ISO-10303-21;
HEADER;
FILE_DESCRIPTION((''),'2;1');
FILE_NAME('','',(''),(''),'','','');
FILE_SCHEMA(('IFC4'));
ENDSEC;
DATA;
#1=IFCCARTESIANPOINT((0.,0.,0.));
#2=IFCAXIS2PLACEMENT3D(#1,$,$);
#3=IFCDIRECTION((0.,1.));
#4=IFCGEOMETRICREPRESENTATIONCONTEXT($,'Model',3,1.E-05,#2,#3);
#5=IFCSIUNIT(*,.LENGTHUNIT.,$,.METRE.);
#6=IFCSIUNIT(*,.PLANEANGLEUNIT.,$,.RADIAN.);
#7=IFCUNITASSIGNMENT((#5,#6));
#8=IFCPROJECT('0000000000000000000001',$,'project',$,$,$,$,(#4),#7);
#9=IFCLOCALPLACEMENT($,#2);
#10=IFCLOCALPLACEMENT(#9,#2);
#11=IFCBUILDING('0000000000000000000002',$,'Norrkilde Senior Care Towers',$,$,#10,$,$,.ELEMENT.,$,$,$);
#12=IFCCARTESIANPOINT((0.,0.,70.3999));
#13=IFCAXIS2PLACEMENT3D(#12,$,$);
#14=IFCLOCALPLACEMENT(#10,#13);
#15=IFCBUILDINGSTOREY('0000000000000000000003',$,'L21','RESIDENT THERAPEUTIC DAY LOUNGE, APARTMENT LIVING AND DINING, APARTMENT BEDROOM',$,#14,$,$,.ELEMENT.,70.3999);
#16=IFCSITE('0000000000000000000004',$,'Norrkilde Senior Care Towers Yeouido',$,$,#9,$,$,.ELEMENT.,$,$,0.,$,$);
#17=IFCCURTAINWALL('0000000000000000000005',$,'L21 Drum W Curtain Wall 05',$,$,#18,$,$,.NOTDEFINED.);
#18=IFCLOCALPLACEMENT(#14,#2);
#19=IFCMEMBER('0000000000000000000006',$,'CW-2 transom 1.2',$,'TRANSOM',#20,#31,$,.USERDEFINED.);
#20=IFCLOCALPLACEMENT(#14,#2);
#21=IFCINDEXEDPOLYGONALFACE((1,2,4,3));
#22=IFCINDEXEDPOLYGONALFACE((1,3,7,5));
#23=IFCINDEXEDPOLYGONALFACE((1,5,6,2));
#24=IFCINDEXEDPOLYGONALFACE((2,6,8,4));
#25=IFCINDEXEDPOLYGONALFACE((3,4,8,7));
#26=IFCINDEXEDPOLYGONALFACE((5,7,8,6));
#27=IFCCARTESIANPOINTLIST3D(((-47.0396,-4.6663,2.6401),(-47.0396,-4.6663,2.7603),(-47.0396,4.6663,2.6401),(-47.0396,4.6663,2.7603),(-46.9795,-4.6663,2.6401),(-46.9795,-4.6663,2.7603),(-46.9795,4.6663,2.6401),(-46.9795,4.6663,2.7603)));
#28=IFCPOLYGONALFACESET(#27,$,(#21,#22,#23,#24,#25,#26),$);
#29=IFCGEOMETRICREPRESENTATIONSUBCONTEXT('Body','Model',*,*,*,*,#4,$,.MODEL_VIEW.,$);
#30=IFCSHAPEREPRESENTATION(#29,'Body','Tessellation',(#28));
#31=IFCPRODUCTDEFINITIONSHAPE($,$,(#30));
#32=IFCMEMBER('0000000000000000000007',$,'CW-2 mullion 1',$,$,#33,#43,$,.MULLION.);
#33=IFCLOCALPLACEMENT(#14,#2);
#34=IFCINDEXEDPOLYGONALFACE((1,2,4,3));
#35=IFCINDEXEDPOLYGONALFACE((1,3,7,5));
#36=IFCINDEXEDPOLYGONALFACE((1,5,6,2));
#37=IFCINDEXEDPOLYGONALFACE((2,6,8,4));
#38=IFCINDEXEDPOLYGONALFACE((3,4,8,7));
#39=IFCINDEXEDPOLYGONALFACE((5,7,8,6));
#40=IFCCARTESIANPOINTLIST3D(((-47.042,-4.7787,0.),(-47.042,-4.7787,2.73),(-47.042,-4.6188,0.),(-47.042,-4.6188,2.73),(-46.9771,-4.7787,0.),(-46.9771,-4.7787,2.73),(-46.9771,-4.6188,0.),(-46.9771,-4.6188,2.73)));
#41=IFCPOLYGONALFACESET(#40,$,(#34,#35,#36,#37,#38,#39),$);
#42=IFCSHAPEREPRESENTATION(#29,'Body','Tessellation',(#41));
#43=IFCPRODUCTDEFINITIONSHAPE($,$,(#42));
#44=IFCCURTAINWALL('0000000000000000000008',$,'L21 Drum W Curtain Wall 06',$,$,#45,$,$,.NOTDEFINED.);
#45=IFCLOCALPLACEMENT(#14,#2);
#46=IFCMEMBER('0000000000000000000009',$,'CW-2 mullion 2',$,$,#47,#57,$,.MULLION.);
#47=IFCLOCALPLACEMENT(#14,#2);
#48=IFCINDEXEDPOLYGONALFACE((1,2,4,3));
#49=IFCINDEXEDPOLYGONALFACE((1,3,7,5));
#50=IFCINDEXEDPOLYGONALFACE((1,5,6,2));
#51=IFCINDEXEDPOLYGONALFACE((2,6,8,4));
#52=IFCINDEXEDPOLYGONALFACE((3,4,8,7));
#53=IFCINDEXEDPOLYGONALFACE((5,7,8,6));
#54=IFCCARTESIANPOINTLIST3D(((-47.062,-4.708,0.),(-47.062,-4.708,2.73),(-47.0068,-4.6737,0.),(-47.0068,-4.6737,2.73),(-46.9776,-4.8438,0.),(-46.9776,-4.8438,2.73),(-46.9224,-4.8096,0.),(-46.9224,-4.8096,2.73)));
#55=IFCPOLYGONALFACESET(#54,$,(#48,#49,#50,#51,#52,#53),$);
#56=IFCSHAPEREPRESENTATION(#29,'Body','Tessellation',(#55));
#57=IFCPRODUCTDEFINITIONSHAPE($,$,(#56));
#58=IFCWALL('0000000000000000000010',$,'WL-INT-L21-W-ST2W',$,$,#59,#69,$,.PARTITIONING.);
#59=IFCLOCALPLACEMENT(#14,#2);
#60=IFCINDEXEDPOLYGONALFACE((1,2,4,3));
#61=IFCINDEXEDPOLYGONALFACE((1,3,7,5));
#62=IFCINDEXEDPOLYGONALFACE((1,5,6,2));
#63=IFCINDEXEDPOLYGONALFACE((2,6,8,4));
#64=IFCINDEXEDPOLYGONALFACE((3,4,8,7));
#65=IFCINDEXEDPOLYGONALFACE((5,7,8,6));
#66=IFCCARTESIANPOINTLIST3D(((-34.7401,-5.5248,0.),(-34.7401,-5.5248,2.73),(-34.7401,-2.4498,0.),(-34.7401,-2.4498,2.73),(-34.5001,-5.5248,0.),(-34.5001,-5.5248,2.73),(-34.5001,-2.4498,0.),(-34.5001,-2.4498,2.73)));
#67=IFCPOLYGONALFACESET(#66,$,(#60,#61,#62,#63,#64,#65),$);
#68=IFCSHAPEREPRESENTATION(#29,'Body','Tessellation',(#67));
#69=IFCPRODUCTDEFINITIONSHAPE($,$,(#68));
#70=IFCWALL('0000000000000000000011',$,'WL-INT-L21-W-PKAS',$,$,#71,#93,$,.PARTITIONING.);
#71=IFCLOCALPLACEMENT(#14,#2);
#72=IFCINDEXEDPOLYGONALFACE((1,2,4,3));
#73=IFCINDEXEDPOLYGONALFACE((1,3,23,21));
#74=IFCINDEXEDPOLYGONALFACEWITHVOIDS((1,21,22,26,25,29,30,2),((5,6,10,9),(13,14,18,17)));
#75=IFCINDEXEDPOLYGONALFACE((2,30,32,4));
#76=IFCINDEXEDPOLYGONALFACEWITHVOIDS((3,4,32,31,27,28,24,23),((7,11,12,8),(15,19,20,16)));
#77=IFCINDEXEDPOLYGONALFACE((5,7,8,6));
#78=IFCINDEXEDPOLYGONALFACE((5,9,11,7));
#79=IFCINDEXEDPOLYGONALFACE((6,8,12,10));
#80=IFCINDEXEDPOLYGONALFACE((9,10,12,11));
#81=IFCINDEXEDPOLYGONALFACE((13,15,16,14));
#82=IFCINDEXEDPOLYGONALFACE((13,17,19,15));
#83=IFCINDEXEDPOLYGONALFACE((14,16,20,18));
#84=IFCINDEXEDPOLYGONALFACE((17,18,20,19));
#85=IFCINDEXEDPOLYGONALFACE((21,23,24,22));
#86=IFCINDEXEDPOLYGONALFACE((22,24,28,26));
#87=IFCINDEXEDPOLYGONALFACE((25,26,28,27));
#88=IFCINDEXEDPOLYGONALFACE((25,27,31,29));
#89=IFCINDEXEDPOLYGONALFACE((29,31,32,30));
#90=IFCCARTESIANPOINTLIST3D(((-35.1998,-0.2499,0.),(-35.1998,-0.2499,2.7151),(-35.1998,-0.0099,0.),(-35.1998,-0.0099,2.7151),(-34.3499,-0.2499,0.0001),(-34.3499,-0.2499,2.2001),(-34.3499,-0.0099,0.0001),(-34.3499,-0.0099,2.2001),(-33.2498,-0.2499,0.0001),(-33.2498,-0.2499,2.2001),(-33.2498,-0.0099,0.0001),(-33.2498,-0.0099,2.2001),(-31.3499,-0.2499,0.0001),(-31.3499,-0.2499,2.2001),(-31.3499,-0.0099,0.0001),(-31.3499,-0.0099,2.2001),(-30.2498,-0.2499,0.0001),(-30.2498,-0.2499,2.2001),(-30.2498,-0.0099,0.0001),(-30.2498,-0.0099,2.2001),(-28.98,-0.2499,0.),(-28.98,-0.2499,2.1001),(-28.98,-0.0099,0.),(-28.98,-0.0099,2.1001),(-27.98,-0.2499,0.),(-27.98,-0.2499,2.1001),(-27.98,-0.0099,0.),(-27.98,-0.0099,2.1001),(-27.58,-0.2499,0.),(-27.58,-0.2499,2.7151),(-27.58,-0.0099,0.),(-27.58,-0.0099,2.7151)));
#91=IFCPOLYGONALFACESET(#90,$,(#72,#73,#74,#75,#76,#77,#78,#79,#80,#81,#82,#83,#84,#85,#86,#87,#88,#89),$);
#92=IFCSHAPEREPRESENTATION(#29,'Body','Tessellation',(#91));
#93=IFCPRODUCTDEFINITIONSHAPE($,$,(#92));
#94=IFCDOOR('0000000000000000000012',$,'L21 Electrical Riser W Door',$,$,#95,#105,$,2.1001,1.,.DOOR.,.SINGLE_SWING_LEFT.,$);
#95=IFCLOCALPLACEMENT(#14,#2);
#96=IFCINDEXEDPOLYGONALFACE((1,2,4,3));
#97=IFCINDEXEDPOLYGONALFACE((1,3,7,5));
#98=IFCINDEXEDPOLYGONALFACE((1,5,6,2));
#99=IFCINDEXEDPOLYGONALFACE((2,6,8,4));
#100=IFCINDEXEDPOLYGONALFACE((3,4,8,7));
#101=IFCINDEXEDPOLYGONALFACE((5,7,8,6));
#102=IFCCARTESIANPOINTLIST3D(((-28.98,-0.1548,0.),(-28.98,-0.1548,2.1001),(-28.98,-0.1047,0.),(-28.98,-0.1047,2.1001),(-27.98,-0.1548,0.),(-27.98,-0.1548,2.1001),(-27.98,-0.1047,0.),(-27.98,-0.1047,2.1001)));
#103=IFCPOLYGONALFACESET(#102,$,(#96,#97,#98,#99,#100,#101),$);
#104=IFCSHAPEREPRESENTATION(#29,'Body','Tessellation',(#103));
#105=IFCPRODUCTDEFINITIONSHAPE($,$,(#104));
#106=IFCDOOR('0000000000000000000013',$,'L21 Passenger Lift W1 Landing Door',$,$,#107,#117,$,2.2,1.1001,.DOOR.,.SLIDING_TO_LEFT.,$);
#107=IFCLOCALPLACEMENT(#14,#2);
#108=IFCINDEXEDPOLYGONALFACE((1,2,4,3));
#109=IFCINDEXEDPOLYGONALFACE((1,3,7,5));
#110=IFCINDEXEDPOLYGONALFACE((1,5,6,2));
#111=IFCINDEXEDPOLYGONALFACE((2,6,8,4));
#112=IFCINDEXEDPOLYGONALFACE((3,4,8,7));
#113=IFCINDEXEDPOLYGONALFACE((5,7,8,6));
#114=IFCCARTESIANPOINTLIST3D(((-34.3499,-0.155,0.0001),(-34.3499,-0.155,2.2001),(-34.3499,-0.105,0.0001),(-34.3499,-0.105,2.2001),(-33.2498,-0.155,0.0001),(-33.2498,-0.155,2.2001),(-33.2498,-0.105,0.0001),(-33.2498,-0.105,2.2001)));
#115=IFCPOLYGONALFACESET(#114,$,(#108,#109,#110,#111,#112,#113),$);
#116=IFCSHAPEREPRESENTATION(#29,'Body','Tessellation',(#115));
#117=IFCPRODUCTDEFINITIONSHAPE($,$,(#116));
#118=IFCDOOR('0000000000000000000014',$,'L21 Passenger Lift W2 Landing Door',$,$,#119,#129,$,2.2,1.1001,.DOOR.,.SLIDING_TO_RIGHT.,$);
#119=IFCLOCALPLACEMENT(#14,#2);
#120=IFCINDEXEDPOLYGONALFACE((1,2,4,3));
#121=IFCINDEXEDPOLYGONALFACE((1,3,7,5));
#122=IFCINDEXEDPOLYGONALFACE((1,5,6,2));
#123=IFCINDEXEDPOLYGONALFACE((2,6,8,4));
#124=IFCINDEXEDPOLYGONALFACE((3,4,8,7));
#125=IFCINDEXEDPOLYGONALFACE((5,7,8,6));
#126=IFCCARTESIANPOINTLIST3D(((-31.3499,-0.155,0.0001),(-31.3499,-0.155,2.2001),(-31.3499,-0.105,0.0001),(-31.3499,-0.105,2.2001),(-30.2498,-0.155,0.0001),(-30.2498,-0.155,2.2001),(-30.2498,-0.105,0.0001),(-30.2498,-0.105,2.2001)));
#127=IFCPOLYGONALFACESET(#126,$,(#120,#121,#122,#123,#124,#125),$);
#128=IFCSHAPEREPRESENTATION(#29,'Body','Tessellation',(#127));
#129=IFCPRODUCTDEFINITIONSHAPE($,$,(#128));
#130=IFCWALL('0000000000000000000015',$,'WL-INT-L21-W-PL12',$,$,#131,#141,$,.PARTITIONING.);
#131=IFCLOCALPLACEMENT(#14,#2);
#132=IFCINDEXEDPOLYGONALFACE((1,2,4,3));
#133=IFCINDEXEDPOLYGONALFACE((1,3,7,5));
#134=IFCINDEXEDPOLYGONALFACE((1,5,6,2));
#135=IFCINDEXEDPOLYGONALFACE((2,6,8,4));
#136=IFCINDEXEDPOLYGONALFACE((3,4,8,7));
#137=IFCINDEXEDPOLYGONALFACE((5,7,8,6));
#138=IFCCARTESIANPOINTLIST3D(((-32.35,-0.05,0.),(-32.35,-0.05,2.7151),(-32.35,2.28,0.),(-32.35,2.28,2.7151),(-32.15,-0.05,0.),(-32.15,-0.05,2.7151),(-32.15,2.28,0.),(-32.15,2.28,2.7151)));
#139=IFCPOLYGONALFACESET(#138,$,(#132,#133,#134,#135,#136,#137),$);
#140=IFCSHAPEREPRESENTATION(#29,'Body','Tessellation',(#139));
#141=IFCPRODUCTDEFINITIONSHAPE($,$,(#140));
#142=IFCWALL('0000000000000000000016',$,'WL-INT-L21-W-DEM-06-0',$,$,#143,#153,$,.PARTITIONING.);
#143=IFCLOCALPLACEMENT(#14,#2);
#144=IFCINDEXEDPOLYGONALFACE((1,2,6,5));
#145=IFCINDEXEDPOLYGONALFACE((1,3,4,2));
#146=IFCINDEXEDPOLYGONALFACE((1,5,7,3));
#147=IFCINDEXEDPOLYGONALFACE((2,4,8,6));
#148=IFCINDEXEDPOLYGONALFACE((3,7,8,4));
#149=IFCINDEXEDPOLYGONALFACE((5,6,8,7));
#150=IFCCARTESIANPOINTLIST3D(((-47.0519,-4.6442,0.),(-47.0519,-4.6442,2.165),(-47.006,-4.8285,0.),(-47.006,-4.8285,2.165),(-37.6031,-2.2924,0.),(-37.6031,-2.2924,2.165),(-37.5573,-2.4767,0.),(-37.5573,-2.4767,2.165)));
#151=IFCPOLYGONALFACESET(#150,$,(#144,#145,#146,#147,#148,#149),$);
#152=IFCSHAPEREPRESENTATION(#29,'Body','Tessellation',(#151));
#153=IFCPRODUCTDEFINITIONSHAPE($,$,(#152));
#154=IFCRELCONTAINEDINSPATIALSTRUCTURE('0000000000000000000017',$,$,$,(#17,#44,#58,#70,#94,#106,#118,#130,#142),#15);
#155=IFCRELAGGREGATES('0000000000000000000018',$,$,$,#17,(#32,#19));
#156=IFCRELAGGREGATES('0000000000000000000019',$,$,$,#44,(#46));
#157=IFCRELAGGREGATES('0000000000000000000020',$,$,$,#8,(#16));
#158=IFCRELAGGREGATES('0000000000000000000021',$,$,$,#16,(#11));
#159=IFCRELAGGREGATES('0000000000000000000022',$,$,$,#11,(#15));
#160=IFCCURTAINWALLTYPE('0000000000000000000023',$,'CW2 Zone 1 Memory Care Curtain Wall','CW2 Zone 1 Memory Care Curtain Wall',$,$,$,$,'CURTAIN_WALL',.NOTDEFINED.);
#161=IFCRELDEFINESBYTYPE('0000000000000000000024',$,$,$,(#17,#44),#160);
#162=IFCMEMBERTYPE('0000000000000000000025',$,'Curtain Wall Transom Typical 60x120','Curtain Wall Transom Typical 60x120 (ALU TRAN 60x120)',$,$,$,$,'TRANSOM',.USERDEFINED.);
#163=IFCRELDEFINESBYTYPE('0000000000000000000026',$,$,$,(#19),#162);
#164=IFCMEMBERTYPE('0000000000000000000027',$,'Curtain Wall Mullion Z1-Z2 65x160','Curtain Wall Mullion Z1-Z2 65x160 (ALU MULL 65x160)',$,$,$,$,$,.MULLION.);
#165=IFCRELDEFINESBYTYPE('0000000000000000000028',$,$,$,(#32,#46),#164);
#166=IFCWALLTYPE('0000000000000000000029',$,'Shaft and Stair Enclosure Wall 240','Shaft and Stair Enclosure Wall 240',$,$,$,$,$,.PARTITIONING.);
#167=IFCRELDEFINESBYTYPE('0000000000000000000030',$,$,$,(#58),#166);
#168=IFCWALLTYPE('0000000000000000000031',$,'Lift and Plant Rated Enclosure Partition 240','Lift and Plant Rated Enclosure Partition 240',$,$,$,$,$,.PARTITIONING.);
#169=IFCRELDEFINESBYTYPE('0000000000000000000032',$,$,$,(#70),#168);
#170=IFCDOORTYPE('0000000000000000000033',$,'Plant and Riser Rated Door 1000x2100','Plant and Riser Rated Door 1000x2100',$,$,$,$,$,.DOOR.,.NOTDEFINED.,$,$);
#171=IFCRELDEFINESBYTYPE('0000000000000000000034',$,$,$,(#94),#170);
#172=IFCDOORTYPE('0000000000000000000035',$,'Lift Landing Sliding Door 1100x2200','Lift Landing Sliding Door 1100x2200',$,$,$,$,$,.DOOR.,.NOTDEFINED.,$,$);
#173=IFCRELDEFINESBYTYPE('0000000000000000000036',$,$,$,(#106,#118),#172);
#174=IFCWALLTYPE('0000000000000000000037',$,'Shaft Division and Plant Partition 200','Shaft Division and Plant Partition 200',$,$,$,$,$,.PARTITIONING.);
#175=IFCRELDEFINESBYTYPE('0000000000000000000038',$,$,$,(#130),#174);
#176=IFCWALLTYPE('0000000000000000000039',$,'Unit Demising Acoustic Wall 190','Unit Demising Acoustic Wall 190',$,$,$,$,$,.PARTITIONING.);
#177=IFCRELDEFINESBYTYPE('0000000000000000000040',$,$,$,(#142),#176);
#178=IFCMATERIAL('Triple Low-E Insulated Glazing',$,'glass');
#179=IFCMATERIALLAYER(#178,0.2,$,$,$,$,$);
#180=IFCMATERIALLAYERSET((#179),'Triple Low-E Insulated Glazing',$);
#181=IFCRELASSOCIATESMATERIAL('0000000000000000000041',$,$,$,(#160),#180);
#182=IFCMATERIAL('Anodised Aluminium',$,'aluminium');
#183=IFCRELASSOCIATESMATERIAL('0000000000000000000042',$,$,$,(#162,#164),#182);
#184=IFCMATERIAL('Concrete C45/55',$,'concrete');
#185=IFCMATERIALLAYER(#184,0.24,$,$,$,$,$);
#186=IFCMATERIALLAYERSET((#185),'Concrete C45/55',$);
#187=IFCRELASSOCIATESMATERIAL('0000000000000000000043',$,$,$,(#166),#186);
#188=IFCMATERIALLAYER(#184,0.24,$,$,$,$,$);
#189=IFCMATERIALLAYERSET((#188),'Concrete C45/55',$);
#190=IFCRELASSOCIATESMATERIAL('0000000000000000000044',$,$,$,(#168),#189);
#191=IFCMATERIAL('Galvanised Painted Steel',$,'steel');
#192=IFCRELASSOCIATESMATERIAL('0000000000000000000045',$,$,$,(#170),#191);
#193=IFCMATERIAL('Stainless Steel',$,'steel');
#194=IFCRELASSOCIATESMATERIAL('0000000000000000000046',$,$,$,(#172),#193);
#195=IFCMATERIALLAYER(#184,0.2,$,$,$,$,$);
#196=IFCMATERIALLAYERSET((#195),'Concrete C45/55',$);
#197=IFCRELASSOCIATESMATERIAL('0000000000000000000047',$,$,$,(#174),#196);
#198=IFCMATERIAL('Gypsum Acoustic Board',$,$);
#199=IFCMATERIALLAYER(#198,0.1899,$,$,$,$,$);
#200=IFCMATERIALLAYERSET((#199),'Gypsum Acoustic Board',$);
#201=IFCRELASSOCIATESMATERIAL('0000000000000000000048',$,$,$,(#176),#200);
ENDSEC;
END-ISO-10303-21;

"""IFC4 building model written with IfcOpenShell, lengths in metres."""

from ifc_helpers import new_model, si_unit, direction, frame, frame_2d, origin, origin_2d, place, context, subcontext, project, spatial, rectangle, extrude, source, transform, mapped, material, layer, layer_set, material_profile, profile_set, type_object, type_shapes, element, fill, aggregate, save


model = new_model("IFC4")

# Units and contexts
model_context = context("Model", 3, precision=1e-05, world=origin(), true_north=direction((0.0, 1.0)))
body_context = subcontext(model_context, "Body", "Model", "MODEL_VIEW")
ifc_project = project(units=[si_unit("LENGTHUNIT", "METRE"), si_unit("PLANEANGLEUNIT", "RADIAN")], contexts=[model_context])

# Site, building, storey
site_placement = place(None, origin())
site = spatial("IfcSite", under=ifc_project, at=site_placement, Name="Norrkilde Senior Care Towers Yeouido", CompositionType="ELEMENT", RefElevation=0.0)
building_placement = place(site_placement, origin())
building = spatial("IfcBuilding", under=site, at=building_placement, Name="Norrkilde Senior Care Towers", CompositionType="ELEMENT")
storey_placement = place(building_placement, frame((0.0, 0.0, 70.3999)))
storey = spatial("IfcBuildingStorey", under=building, at=storey_placement, Name="L21", Description="RESIDENT THERAPEUTIC DAY LOUNGE, APARTMENT LIVING AND DINING, APARTMENT BEDROOM", CompositionType="ELEMENT", Elevation=70.3999)

# Curtain wall, members
ifc_material_1 = material(Name="Triple Low-E Insulated Glazing", Category="glass")
ifc_layer_1 = layer(ifc_material_1, 0.2)
ifc_layer_set_1 = layer_set([ifc_layer_1], Name="Triple Low-E Insulated Glazing")
curtain_wall_type = type_object("IfcCurtainWallType", Name="CW2 Zone 1 Memory Care Curtain Wall", Description="CW2 Zone 1 Memory Care Curtain Wall", ElementType="CURTAIN_WALL", PredefinedType="NOTDEFINED", material=ifc_layer_set_1)
curtain_wall_1_placement = place(storey_placement, origin())
curtain_wall_1 = element("IfcCurtainWall", 1, at=curtain_wall_1_placement, inside=storey, type_object=curtain_wall_type, Name="L21 Drum W Curtain Wall 05", PredefinedType="NOTDEFINED")
ifc_material_2 = material(Name="Anodised Aluminium", Category="aluminium")
ifc_material_profile_1 = material_profile(ifc_material_2, rectangle(XDim=0.0601, YDim=0.1201, at=origin_2d()), Name="ALU TRAN 60x120")
ifc_profile_set_1 = profile_set([ifc_material_profile_1], Name="Anodised Aluminium")
member_type_1 = type_object("IfcMemberType", Name="Curtain Wall Transom Typical 60x120", Description="Curtain Wall Transom Typical 60x120 (ALU TRAN 60x120)", ElementType="TRANSOM", PredefinedType="USERDEFINED", material=ifc_profile_set_1)
shared_shape_1 = source(origin(), body_context, "Body", "SweptSolid", [
    extrude(rectangle(XDim=0.0601, YDim=0.1201, at=origin_2d()), origin(), (0.0, 0.0, 1.0), 9.3325),
])
type_shapes(member_type_1, [shared_shape_1])
member_1_placement = place(storey_placement, frame((-47.0095, -4.6663, 2.7002), z_axis=(0.0, 1.0, 0.0), x_axis=(-1.0, 0.0, 0.0)))
member_1 = element("IfcMember", 2, at=member_1_placement, type_object=member_type_1, Name="CW-2 transom 1.2", ObjectType="TRANSOM", PredefinedType="USERDEFINED", context=body_context, shape_type="MappedRepresentation", body=[
    mapped(shared_shape_1, transform((0.0, 0.0, 0.0), x_axis=(1.0, 0.0, 0.0), y_axis=(0.0, 1.0, 0.0), z_axis=(0.0, 0.0, 1.0), scale=1.0)),
])
ifc_material_profile_2 = material_profile(ifc_material_2, rectangle(XDim=0.0649, YDim=0.1599, at=origin_2d()), Name="ALU MULL 65x160")
ifc_profile_set_2 = profile_set([ifc_material_profile_2], Name="Anodised Aluminium")
member_type_2 = type_object("IfcMemberType", Name="Curtain Wall Mullion Z1-Z2 65x160", Description="Curtain Wall Mullion Z1-Z2 65x160 (ALU MULL 65x160)", PredefinedType="MULLION", material=ifc_profile_set_2)
shared_shape_2 = source(origin(), body_context, "Body", "SweptSolid", [
    extrude(rectangle(XDim=0.0649, YDim=0.1599, at=origin_2d()), origin(), (0.0, 0.0, 1.0), 2.73),
])
type_shapes(member_type_2, [shared_shape_2])
member_2_placement = place(storey_placement, frame((-47.0095, -4.6987, 0.0), z_axis=(0.0, 0.0, 1.0), x_axis=(-1.0, 0.0, 0.0)))
member_2 = element("IfcMember", 3, at=member_2_placement, type_object=member_type_2, Name="CW-2 mullion 1", PredefinedType="MULLION", context=body_context, shape_type="MappedRepresentation", body=[
    mapped(shared_shape_2, transform((0.0, 0.0, 0.0), x_axis=(1.0, 0.0, 0.0), y_axis=(0.0, 1.0, 0.0), z_axis=(0.0, 0.0, 1.0), scale=1.0)),
])
aggregate(curtain_wall_1, [member_2, member_1])

# Curtain wall, member
curtain_wall_2_placement = place(storey_placement, origin())
curtain_wall_2 = element("IfcCurtainWall", 4, at=curtain_wall_2_placement, inside=storey, type_object=curtain_wall_type, Name="L21 Drum W Curtain Wall 06", PredefinedType="NOTDEFINED")
member_3_placement = place(storey_placement, frame((-46.9922, -4.7588, 0.0), z_axis=(0.0, 0.0, 1.0), x_axis=(-0.849306, -0.527901, 0.0)))
member_3 = element("IfcMember", 5, at=member_3_placement, type_object=member_type_2, Name="CW-2 mullion 2", PredefinedType="MULLION", context=body_context, shape_type="MappedRepresentation", body=[
    mapped(shared_shape_2, transform((0.0, 0.0, 0.0), x_axis=(1.0, 0.0, 0.0), y_axis=(0.0, 1.0, 0.0), z_axis=(0.0, 0.0, 1.0), scale=1.0)),
])
aggregate(curtain_wall_2, [member_3])

# Shared definitions
ifc_material_3 = material(Name="Galvanised Painted Steel", Category="steel")
ifc_material_4 = material(Name="Concrete C45/55", Category="concrete")
ifc_layer_2 = layer(ifc_material_4, 0.24)
ifc_layer_set_2 = layer_set([ifc_layer_2], Name="Concrete C45/55")
wall_type_1 = type_object("IfcWallType", Name="Shaft and Stair Enclosure Wall 240", Description="Shaft and Stair Enclosure Wall 240", PredefinedType="PARTITIONING", material=ifc_layer_set_2)

# Wall
shared_shape_3 = source(origin(), body_context, "Body", "SweptSolid", [
    extrude(rectangle(XDim=3.075, YDim=0.24, at=frame_2d((1.5376, 0.0))), origin(), (0.0, 0.0, 1.0), 2.73),
])
wall_1_placement = place(storey_placement, frame((-34.6201, -5.5249, 0.0), z_axis=(0.0, 0.0, 1.0), x_axis=(0.0, 1.0, 0.0)))
element("IfcWall", 6, at=wall_1_placement, inside=storey, type_object=wall_type_1, Name="WL-INT-L21-W-ST2W", PredefinedType="PARTITIONING", context=body_context, shape_type="MappedRepresentation", body=[
    mapped(shared_shape_3, transform((0.0, 0.0, 0.0), x_axis=(1.0, 0.0, 0.0), y_axis=(0.0, 1.0, 0.0), z_axis=(0.0, 0.0, 1.0), scale=1.0)),
])

# Wall, openings, doors
ifc_layer_3 = layer(ifc_material_4, 0.24)
ifc_layer_set_3 = layer_set([ifc_layer_3], Name="Concrete C45/55")
wall_type_2 = type_object("IfcWallType", Name="Lift and Plant Rated Enclosure Partition 240", Description="Lift and Plant Rated Enclosure Partition 240", PredefinedType="PARTITIONING", material=ifc_layer_set_3)
shared_shape_4 = source(origin(), body_context, "Body", "SweptSolid", [
    extrude(rectangle(XDim=7.6199, YDim=0.24, at=frame_2d((3.8101, 0.0))), origin(), (0.0, 0.0, 1.0), 2.7151),
])
type_shapes(wall_type_2, [shared_shape_4])
wall_2_placement = place(storey_placement, frame((-35.2, -0.1299, 0.0), z_axis=(0.0, 0.0, 1.0), x_axis=(1.0, 0.0, 0.0)))
wall_2 = element("IfcWall", 7, at=wall_2_placement, inside=storey, type_object=wall_type_2, Name="WL-INT-L21-W-PKAS", PredefinedType="PARTITIONING", context=body_context, shape_type="MappedRepresentation", body=[
    mapped(shared_shape_4, transform((0.0, 0.0, 0.0), x_axis=(1.0, 0.0, 0.0), y_axis=(0.0, 1.0, 0.0), z_axis=(0.0, 0.0, 1.0), scale=1.0)),
])
opening_1_placement = place(wall_2_placement, frame((6.22, 0.0, 0.0)))
opening_1 = element("IfcOpeningElement", 8, at=opening_1_placement, cuts=wall_2, PredefinedType="OPENING", context=body_context, shape_type="SweptSolid", body=[
    extrude(rectangle(XDim=1.0, YDim=2.1001, at=frame_2d((0.5, 1.05))), frame((0.0, 0.1299, 0.0), z_axis=(0.0, -1.0, 0.0), x_axis=(1.0, 0.0, 0.0)), (0.0, 0.0, 1.0), 0.26),
])
opening_2_placement = place(wall_2_placement, frame((0.8501, 0.0, 0.0)))
opening_2 = element("IfcOpeningElement", 9, at=opening_2_placement, cuts=wall_2, PredefinedType="OPENING", context=body_context, shape_type="SweptSolid", body=[
    extrude(rectangle(XDim=1.1001, YDim=2.2, at=frame_2d((0.55, 1.1001))), frame((0.0, 0.1299, 0.0), z_axis=(0.0, -1.0, 0.0), x_axis=(1.0, 0.0, 0.0)), (0.0, 0.0, 1.0), 0.26),
])
opening_3_placement = place(wall_2_placement, frame((3.8501, 0.0, 0.0)))
opening_3 = element("IfcOpeningElement", 10, at=opening_3_placement, cuts=wall_2, PredefinedType="OPENING", context=body_context, shape_type="SweptSolid", body=[
    extrude(rectangle(XDim=1.1001, YDim=2.2, at=frame_2d((0.55, 1.1001))), frame((0.0, 0.1299, 0.0), z_axis=(0.0, -1.0, 0.0), x_axis=(1.0, 0.0, 0.0)), (0.0, 0.0, 1.0), 0.26),
])
door_type_1 = type_object("IfcDoorType", Name="Plant and Riser Rated Door 1000x2100", Description="Plant and Riser Rated Door 1000x2100", OperationType="NOTDEFINED", PredefinedType="DOOR", material=ifc_material_3)
shared_shape_5 = source(origin(), body_context, "Body", "SweptSolid", [
    extrude(rectangle(XDim=1.0, YDim=2.1001, at=frame_2d((0.5, 1.05))), frame((0.0, 0.0249, 0.0), z_axis=(0.0, -1.0, 0.0), x_axis=(1.0, 0.0, 0.0)), (0.0, 0.0, 1.0), 0.05),
])
type_shapes(door_type_1, [shared_shape_5])
door_1_placement = place(opening_1_placement, frame((1.0, 0.0, 0.0), z_axis=(0.0, 0.0, 1.0), x_axis=(-1.0, 0.0, 0.0)))
door_1 = element("IfcDoor", 11, at=door_1_placement, inside=storey, type_object=door_type_1, Name="L21 Electrical Riser W Door", OperationType="SINGLE_SWING_LEFT", OverallHeight=2.1001, OverallWidth=1.0, PredefinedType="DOOR", context=body_context, shape_type="MappedRepresentation", body=[
    mapped(shared_shape_5, transform((0.0, 0.0, 0.0), x_axis=(1.0, 0.0, 0.0), y_axis=(0.0, 1.0, 0.0), z_axis=(0.0, 0.0, 1.0), scale=1.0)),
])
fill(opening_1, door_1)
ifc_material_5 = material(Name="Stainless Steel", Category="steel")
door_type_2 = type_object("IfcDoorType", Name="Lift Landing Sliding Door 1100x2200", Description="Lift Landing Sliding Door 1100x2200", OperationType="NOTDEFINED", PredefinedType="DOOR", material=ifc_material_5)
shared_shape_6 = source(origin(), body_context, "Body", "SweptSolid", [
    extrude(rectangle(XDim=1.1001, YDim=2.2, at=frame_2d((0.55, 1.1001))), frame((0.0, 0.0249, 0.0), z_axis=(0.0, -1.0, 0.0), x_axis=(1.0, 0.0, 0.0)), (0.0, 0.0, 1.0), 0.05),
])
type_shapes(door_type_2, [shared_shape_6])
door_2_placement = place(opening_2_placement, origin())
door_2 = element("IfcDoor", 12, at=door_2_placement, inside=storey, type_object=door_type_2, Name="L21 Passenger Lift W1 Landing Door", OperationType="SLIDING_TO_LEFT", OverallHeight=2.2, OverallWidth=1.1001, PredefinedType="DOOR", context=body_context, shape_type="MappedRepresentation", body=[
    mapped(shared_shape_6, transform((0.0, 0.0, 0.0), x_axis=(1.0, 0.0, 0.0), y_axis=(0.0, 1.0, 0.0), z_axis=(0.0, 0.0, 1.0), scale=1.0)),
])
fill(opening_2, door_2)
door_3_placement = place(opening_3_placement, origin())
door_3 = element("IfcDoor", 13, at=door_3_placement, inside=storey, type_object=door_type_2, Name="L21 Passenger Lift W2 Landing Door", OperationType="SLIDING_TO_RIGHT", OverallHeight=2.2, OverallWidth=1.1001, PredefinedType="DOOR", context=body_context, shape_type="MappedRepresentation", body=[
    mapped(shared_shape_6, transform((0.0, 0.0, 0.0), x_axis=(1.0, 0.0, 0.0), y_axis=(0.0, 1.0, 0.0), z_axis=(0.0, 0.0, 1.0), scale=1.0)),
])
fill(opening_3, door_3)

# Walls
ifc_layer_4 = layer(ifc_material_4, 0.2)
ifc_layer_set_4 = layer_set([ifc_layer_4], Name="Concrete C45/55")
wall_type_3 = type_object("IfcWallType", Name="Shaft Division and Plant Partition 200", Description="Shaft Division and Plant Partition 200", PredefinedType="PARTITIONING", material=ifc_layer_set_4)
shared_shape_7 = source(origin(), body_context, "Body", "SweptSolid", [
    extrude(rectangle(XDim=2.3301, YDim=0.2, at=frame_2d((1.165, 0.0))), origin(), (0.0, 0.0, 1.0), 2.7151),
])
type_shapes(wall_type_3, [shared_shape_7])
wall_3_placement = place(storey_placement, frame((-32.25, -0.05, 0.0), z_axis=(0.0, 0.0, 1.0), x_axis=(0.0, 1.0, 0.0)))
element("IfcWall", 14, at=wall_3_placement, inside=storey, type_object=wall_type_3, Name="WL-INT-L21-W-PL12", PredefinedType="PARTITIONING", context=body_context, shape_type="MappedRepresentation", body=[
    mapped(shared_shape_7, transform((0.0, 0.0, 0.0), x_axis=(1.0, 0.0, 0.0), y_axis=(0.0, 1.0, 0.0), z_axis=(0.0, 0.0, 1.0), scale=1.0)),
])
ifc_material_6 = material(Name="Gypsum Acoustic Board")
ifc_layer_5 = layer(ifc_material_6, 0.1899)
ifc_layer_set_5 = layer_set([ifc_layer_5], Name="Gypsum Acoustic Board")
wall_type_4 = type_object("IfcWallType", Name="Unit Demising Acoustic Wall 190", Description="Unit Demising Acoustic Wall 190", PredefinedType="PARTITIONING", material=ifc_layer_set_5)
shared_shape_8 = source(origin(), body_context, "Body", "SweptSolid", [
    extrude(rectangle(XDim=9.7371, YDim=0.1899, at=frame_2d((4.8687, 0.0))), origin(), (0.0, 0.0, 1.0), 2.165),
])
wall_4_placement = place(storey_placement, frame((-37.5801, -2.3845, 0.0), z_axis=(0.0, 0.0, 1.0), x_axis=(-0.970393, -0.241533, 0.0)))
element("IfcWall", 15, at=wall_4_placement, inside=storey, type_object=wall_type_4, Name="WL-INT-L21-W-DEM-06-0", PredefinedType="PARTITIONING", context=body_context, shape_type="MappedRepresentation", body=[
    mapped(shared_shape_8, transform((0.0, 0.0, 0.0), x_axis=(1.0, 0.0, 0.0), y_axis=(0.0, 1.0, 0.0), z_axis=(0.0, 0.0, 1.0), scale=1.0)),
])

save(model, "model.ifc")
